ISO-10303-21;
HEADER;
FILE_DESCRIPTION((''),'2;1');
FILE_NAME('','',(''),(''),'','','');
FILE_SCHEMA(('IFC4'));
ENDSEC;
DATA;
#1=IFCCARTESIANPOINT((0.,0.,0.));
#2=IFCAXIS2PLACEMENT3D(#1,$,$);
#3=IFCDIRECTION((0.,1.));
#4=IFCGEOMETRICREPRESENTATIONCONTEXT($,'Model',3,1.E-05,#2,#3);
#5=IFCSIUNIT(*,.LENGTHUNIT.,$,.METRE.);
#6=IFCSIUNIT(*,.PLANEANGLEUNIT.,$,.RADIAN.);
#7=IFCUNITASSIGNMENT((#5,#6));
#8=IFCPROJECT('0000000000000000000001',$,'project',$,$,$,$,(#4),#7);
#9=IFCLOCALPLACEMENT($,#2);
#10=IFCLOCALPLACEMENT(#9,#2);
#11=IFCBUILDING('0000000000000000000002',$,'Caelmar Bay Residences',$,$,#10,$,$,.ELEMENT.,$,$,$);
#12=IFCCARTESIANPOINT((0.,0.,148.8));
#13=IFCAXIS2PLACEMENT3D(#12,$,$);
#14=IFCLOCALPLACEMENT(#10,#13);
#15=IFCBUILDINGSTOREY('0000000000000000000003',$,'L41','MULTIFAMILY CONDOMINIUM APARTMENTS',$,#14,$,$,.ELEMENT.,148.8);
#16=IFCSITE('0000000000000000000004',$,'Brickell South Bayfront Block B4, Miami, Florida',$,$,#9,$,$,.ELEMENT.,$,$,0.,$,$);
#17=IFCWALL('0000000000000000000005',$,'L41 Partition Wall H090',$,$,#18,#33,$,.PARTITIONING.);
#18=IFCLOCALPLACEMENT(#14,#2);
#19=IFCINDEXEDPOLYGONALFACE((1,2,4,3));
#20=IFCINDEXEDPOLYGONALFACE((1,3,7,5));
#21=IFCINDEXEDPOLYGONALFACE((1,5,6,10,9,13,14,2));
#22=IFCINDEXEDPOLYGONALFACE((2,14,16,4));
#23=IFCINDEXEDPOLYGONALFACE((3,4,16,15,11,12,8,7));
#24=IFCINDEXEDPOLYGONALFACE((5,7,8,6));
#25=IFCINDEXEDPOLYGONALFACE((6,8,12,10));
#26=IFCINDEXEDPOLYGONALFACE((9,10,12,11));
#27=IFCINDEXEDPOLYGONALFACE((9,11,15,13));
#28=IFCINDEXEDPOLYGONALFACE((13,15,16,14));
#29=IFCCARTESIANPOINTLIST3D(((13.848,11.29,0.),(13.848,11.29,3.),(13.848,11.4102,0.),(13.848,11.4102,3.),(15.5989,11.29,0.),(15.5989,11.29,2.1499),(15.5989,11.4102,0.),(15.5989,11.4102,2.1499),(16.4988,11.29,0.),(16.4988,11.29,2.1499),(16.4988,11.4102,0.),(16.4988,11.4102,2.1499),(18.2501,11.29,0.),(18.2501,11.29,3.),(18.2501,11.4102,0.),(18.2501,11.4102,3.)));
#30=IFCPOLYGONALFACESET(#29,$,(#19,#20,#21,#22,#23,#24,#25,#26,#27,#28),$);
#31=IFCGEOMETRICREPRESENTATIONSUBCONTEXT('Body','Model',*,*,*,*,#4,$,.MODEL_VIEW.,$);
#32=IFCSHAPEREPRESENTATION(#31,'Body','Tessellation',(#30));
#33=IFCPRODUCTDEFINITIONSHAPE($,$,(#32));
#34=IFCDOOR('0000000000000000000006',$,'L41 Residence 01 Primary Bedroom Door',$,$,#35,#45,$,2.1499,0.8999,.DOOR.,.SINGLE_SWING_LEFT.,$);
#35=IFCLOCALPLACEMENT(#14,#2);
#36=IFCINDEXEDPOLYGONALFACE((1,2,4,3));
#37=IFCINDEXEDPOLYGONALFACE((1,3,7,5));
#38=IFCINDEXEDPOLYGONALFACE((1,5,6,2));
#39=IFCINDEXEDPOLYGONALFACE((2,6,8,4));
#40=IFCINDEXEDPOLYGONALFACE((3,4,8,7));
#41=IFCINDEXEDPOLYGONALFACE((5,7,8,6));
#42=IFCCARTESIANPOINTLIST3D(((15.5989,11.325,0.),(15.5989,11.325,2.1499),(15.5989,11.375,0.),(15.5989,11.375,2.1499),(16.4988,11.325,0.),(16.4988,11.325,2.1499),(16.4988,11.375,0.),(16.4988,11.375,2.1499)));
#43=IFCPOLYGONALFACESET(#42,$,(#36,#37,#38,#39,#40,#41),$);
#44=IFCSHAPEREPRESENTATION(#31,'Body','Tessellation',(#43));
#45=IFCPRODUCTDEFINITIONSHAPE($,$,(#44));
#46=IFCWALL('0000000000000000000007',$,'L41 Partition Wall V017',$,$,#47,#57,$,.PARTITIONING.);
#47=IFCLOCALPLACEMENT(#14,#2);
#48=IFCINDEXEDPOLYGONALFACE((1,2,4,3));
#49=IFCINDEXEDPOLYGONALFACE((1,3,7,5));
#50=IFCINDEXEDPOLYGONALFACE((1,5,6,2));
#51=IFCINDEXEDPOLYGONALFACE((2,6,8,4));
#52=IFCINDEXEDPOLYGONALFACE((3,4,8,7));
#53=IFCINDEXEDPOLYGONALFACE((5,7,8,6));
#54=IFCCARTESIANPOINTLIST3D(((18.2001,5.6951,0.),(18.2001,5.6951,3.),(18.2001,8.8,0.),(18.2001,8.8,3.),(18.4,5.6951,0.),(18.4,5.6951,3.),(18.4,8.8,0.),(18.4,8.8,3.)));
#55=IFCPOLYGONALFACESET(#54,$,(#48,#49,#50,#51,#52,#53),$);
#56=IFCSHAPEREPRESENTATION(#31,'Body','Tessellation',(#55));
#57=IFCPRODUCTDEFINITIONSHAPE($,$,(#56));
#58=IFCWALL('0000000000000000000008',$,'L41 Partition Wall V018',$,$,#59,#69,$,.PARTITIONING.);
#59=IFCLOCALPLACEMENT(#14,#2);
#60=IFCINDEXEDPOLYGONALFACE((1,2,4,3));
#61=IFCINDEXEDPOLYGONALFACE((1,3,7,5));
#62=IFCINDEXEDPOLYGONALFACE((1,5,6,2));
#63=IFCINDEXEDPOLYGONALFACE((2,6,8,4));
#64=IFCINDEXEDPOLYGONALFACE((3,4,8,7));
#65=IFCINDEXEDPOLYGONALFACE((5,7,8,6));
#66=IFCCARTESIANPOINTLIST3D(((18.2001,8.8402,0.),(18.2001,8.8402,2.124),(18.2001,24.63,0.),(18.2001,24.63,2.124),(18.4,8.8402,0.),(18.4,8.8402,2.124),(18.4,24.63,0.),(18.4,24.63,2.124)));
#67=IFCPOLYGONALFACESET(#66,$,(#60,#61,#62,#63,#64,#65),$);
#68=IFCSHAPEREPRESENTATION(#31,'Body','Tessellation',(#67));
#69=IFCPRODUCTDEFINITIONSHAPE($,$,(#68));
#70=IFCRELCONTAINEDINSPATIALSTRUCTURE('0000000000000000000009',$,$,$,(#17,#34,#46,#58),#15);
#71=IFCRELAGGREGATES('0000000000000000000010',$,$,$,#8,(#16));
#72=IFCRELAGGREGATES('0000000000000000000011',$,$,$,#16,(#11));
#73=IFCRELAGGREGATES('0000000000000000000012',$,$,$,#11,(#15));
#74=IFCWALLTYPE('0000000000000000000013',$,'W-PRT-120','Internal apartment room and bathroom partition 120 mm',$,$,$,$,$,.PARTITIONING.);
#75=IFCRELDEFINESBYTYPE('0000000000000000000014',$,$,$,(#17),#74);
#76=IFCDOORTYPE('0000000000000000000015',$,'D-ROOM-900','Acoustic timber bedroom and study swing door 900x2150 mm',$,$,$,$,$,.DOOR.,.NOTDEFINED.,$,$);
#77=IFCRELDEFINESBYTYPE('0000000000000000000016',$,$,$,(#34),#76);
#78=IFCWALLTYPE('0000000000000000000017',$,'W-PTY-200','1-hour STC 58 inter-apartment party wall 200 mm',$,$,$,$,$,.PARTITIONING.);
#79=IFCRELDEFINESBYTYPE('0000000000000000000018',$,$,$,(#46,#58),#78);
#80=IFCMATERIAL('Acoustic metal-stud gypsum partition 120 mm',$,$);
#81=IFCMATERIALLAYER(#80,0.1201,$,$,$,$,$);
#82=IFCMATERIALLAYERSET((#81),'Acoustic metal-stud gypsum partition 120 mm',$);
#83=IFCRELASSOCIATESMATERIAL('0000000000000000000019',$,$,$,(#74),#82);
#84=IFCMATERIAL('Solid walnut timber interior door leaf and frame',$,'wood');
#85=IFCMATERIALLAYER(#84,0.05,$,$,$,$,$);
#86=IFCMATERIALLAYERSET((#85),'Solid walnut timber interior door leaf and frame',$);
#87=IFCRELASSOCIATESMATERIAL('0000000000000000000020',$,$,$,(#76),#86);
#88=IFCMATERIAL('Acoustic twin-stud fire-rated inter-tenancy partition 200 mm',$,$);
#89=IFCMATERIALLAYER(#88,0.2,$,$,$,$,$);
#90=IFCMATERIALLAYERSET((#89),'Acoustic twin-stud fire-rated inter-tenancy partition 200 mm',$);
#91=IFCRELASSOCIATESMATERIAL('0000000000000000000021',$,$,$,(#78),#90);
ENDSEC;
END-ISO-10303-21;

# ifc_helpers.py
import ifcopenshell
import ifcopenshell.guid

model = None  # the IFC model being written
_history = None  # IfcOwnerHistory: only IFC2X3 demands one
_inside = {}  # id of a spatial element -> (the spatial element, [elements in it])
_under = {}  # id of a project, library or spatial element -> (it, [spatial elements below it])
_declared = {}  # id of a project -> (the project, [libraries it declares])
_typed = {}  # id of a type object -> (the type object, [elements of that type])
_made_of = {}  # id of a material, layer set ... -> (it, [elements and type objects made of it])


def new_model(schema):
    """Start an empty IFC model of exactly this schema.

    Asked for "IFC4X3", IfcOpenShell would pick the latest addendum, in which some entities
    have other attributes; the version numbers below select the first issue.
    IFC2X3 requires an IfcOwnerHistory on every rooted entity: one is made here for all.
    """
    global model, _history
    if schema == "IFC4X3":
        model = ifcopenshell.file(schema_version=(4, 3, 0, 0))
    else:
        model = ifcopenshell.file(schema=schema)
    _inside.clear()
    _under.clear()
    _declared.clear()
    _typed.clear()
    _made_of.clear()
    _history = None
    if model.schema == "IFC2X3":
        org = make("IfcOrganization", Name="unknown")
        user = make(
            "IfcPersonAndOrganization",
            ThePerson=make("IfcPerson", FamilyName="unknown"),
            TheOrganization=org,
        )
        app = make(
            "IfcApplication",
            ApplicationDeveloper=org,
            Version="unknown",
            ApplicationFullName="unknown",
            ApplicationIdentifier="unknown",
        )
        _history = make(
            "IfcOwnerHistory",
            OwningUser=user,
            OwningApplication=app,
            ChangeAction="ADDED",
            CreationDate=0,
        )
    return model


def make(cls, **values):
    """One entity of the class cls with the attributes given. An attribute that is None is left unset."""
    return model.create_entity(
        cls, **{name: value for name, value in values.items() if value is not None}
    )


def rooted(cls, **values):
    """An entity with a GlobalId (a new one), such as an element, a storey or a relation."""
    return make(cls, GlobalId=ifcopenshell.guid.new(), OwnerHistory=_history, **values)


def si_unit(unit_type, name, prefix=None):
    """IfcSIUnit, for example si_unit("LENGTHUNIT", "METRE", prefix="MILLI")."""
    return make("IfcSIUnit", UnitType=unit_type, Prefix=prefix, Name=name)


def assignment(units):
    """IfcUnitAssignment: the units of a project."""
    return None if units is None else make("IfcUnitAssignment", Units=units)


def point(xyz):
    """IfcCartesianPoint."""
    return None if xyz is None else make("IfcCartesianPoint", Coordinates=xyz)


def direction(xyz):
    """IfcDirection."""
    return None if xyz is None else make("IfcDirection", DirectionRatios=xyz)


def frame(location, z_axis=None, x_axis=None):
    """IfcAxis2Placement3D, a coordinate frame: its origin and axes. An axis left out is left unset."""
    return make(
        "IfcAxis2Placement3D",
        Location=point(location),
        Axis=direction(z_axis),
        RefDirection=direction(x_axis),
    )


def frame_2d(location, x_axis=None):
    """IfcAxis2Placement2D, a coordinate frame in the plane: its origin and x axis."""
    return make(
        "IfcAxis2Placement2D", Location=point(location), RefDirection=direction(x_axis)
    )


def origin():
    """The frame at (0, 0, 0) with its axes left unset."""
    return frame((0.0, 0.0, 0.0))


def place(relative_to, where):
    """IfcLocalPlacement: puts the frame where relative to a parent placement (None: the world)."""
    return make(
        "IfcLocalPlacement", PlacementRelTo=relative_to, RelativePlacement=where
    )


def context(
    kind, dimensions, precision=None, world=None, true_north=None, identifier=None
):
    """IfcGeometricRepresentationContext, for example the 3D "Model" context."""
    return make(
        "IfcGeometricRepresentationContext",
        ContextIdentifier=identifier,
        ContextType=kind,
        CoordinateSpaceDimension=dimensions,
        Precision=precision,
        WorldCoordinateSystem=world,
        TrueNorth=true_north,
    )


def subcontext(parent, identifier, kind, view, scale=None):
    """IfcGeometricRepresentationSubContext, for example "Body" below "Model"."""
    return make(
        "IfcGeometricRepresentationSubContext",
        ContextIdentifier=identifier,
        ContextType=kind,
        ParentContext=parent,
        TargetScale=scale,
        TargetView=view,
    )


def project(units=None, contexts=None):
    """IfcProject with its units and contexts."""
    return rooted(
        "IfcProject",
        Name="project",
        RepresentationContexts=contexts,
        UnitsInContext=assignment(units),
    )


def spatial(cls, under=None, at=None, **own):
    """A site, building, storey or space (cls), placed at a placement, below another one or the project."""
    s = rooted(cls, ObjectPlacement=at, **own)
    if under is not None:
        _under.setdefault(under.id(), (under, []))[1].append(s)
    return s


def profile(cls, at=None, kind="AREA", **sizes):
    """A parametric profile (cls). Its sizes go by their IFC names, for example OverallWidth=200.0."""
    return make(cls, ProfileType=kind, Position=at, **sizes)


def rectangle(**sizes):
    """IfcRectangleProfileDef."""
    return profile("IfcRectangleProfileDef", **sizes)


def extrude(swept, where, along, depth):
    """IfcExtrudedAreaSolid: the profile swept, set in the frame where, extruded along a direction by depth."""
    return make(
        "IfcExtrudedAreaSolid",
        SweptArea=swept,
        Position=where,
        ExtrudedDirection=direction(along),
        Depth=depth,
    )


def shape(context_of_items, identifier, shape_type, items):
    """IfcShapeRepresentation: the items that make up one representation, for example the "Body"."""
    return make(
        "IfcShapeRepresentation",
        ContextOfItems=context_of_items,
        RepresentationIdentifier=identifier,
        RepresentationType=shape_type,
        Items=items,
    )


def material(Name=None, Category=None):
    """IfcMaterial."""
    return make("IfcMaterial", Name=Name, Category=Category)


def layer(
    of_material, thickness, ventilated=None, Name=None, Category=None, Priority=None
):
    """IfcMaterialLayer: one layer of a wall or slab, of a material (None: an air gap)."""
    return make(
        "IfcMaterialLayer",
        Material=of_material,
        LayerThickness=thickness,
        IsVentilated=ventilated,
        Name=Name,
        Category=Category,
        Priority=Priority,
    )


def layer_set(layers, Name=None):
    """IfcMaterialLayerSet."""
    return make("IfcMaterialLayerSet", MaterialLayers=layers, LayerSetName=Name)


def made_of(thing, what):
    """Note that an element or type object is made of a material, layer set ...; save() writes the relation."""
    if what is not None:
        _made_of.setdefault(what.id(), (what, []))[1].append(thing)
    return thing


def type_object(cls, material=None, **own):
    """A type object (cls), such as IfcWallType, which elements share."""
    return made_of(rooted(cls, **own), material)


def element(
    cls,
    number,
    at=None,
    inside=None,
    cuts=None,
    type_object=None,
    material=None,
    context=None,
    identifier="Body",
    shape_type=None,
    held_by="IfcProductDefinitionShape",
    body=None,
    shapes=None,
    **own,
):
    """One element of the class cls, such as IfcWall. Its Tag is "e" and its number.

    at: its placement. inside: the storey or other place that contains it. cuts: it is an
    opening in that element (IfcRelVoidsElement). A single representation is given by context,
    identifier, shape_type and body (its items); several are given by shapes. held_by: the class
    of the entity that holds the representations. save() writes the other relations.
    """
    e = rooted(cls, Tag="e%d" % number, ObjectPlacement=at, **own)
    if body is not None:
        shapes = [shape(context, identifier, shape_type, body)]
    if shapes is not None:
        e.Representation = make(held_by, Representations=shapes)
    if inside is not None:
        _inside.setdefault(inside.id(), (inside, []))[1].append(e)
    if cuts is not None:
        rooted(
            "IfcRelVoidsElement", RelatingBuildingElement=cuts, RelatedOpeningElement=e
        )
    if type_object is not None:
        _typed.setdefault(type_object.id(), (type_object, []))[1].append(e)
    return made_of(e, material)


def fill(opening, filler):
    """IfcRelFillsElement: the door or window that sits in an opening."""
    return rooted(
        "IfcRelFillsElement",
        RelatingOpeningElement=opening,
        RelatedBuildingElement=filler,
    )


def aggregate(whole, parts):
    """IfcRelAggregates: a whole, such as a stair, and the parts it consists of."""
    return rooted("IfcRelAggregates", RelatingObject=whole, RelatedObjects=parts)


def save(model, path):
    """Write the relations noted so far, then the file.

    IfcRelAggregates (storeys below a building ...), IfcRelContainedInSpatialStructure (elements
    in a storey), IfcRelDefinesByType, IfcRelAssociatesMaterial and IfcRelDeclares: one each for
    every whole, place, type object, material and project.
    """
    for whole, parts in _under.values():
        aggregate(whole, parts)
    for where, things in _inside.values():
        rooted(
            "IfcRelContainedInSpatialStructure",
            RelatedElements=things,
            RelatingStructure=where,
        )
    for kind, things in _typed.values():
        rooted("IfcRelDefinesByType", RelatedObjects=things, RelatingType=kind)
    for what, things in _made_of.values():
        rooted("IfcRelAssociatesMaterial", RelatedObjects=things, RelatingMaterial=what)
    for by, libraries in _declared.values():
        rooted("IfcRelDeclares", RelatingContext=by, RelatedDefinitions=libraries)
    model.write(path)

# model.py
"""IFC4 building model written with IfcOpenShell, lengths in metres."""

from ifc_helpers import new_model, si_unit, direction, frame, frame_2d, origin, place, context, subcontext, project, spatial, rectangle, extrude, material, layer, layer_set, type_object, element, fill, save


model = new_model("IFC4")

# Units and contexts
model_context = context("Model", 3, precision=1e-05, world=origin(), true_north=direction((0.0, 1.0)))
body_context = subcontext(model_context, "Body", "Model", "MODEL_VIEW")
ifc_project = project(units=[si_unit("LENGTHUNIT", "METRE"), si_unit("PLANEANGLEUNIT", "RADIAN")], contexts=[model_context])

# Site, building, storey
site_placement = place(None, origin())
site = spatial("IfcSite", under=ifc_project, at=site_placement, Name="Brickell South Bayfront Block B4, Miami, Florida", CompositionType="ELEMENT", RefElevation=0.0)
building_placement = place(site_placement, origin())
building = spatial("IfcBuilding", under=site, at=building_placement, Name="Caelmar Bay Residences", CompositionType="ELEMENT")
storey_placement = place(building_placement, frame((0.0, 0.0, 148.8)))
storey = spatial("IfcBuildingStorey", under=building, at=storey_placement, Name="L41", Description="MULTIFAMILY CONDOMINIUM APARTMENTS", CompositionType="ELEMENT", Elevation=148.8)

# Shared definitions
ifc_material_1 = material(Name="Acoustic metal-stud gypsum partition 120 mm")
ifc_layer_1 = layer(ifc_material_1, 0.1201)
ifc_layer_set_1 = layer_set([ifc_layer_1], Name="Acoustic metal-stud gypsum partition 120 mm")
wall_type_1 = type_object("IfcWallType", Name="W-PRT-120", Description="Internal apartment room and bathroom partition 120 mm", PredefinedType="PARTITIONING", material=ifc_layer_set_1)
ifc_material_2 = material(Name="Solid walnut timber interior door leaf and frame", Category="wood")
ifc_layer_2 = layer(ifc_material_2, 0.05)
ifc_layer_set_2 = layer_set([ifc_layer_2], Name="Solid walnut timber interior door leaf and frame")
door_type = type_object("IfcDoorType", Name="D-ROOM-900", Description="Acoustic timber bedroom and study swing door 900x2150 mm", OperationType="NOTDEFINED", PredefinedType="DOOR", material=ifc_layer_set_2)

# Wall, opening, door
wall_1_placement = place(storey_placement, frame((13.8479, 11.3501, 0.0), z_axis=(0.0, 0.0, 1.0), x_axis=(1.0, 0.0, 0.0)))
wall_1 = element("IfcWall", 1, at=wall_1_placement, inside=storey, type_object=wall_type_1, Name="L41 Partition Wall H090", PredefinedType="PARTITIONING", context=body_context, shape_type="SweptSolid", body=[
    extrude(rectangle(XDim=4.4021, YDim=0.1201, at=frame_2d((2.2012, 0.0))), origin(), (0.0, 0.0, 1.0), 3.0),
])
opening_1_placement = place(wall_1_placement, frame((1.751, 0.0, 0.0)))
opening_1 = element("IfcOpeningElement", 2, at=opening_1_placement, cuts=wall_1, PredefinedType="OPENING", context=body_context, shape_type="SweptSolid", body=[
    extrude(rectangle(XDim=0.8999, YDim=2.1499, at=frame_2d((0.45, 1.075))), frame((0.0, 0.0701, 0.0), z_axis=(0.0, -1.0, 0.0), x_axis=(1.0, 0.0, 0.0)), (0.0, 0.0, 1.0), 0.1401),
])
door_1_placement = place(opening_1_placement, origin())
door_1 = element("IfcDoor", 3, at=door_1_placement, inside=storey, type_object=door_type, Name="L41 Residence 01 Primary Bedroom Door", OperationType="SINGLE_SWING_LEFT", OverallHeight=2.1499, OverallWidth=0.8999, PredefinedType="DOOR", context=body_context, shape_type="SweptSolid", body=[
    extrude(rectangle(XDim=0.8999, YDim=2.1499, at=frame_2d((0.45, 1.075))), frame((0.0, 0.0249, 0.0), z_axis=(0.0, -1.0, 0.0), x_axis=(1.0, 0.0, 0.0)), (0.0, 0.0, 1.0), 0.05),
])
fill(opening_1, door_1)

# Walls
ifc_material_3 = material(Name="Acoustic twin-stud fire-rated inter-tenancy partition 200 mm")
ifc_layer_3 = layer(ifc_material_3, 0.2)
ifc_layer_set_3 = layer_set([ifc_layer_3], Name="Acoustic twin-stud fire-rated inter-tenancy partition 200 mm")
wall_type_2 = type_object("IfcWallType", Name="W-PTY-200", Description="1-hour STC 58 inter-apartment party wall 200 mm", PredefinedType="PARTITIONING", material=ifc_layer_set_3)
wall_2_placement = place(storey_placement, frame((18.3, 5.6951, 0.0), z_axis=(0.0, 0.0, 1.0), x_axis=(0.0, 1.0, 0.0)))
element("IfcWall", 4, at=wall_2_placement, inside=storey, type_object=wall_type_2, Name="L41 Partition Wall V017", PredefinedType="PARTITIONING", context=body_context, shape_type="SweptSolid", body=[
    extrude(rectangle(XDim=3.105, YDim=0.2, at=frame_2d((1.5525, 0.0))), origin(), (0.0, 0.0, 1.0), 3.0),
])
wall_3_placement = place(storey_placement, frame((18.3, 8.8401, 0.0), z_axis=(0.0, 0.0, 1.0), x_axis=(0.0, 1.0, 0.0)))
element("IfcWall", 5, at=wall_3_placement, inside=storey, type_object=wall_type_2, Name="L41 Partition Wall V018", PredefinedType="PARTITIONING", context=body_context, shape_type="SweptSolid", body=[
    extrude(rectangle(XDim=15.7898, YDim=0.2, at=frame_2d((7.895, 0.0))), origin(), (0.0, 0.0, 1.0), 2.124),
])

save(model, "model.ifc")
